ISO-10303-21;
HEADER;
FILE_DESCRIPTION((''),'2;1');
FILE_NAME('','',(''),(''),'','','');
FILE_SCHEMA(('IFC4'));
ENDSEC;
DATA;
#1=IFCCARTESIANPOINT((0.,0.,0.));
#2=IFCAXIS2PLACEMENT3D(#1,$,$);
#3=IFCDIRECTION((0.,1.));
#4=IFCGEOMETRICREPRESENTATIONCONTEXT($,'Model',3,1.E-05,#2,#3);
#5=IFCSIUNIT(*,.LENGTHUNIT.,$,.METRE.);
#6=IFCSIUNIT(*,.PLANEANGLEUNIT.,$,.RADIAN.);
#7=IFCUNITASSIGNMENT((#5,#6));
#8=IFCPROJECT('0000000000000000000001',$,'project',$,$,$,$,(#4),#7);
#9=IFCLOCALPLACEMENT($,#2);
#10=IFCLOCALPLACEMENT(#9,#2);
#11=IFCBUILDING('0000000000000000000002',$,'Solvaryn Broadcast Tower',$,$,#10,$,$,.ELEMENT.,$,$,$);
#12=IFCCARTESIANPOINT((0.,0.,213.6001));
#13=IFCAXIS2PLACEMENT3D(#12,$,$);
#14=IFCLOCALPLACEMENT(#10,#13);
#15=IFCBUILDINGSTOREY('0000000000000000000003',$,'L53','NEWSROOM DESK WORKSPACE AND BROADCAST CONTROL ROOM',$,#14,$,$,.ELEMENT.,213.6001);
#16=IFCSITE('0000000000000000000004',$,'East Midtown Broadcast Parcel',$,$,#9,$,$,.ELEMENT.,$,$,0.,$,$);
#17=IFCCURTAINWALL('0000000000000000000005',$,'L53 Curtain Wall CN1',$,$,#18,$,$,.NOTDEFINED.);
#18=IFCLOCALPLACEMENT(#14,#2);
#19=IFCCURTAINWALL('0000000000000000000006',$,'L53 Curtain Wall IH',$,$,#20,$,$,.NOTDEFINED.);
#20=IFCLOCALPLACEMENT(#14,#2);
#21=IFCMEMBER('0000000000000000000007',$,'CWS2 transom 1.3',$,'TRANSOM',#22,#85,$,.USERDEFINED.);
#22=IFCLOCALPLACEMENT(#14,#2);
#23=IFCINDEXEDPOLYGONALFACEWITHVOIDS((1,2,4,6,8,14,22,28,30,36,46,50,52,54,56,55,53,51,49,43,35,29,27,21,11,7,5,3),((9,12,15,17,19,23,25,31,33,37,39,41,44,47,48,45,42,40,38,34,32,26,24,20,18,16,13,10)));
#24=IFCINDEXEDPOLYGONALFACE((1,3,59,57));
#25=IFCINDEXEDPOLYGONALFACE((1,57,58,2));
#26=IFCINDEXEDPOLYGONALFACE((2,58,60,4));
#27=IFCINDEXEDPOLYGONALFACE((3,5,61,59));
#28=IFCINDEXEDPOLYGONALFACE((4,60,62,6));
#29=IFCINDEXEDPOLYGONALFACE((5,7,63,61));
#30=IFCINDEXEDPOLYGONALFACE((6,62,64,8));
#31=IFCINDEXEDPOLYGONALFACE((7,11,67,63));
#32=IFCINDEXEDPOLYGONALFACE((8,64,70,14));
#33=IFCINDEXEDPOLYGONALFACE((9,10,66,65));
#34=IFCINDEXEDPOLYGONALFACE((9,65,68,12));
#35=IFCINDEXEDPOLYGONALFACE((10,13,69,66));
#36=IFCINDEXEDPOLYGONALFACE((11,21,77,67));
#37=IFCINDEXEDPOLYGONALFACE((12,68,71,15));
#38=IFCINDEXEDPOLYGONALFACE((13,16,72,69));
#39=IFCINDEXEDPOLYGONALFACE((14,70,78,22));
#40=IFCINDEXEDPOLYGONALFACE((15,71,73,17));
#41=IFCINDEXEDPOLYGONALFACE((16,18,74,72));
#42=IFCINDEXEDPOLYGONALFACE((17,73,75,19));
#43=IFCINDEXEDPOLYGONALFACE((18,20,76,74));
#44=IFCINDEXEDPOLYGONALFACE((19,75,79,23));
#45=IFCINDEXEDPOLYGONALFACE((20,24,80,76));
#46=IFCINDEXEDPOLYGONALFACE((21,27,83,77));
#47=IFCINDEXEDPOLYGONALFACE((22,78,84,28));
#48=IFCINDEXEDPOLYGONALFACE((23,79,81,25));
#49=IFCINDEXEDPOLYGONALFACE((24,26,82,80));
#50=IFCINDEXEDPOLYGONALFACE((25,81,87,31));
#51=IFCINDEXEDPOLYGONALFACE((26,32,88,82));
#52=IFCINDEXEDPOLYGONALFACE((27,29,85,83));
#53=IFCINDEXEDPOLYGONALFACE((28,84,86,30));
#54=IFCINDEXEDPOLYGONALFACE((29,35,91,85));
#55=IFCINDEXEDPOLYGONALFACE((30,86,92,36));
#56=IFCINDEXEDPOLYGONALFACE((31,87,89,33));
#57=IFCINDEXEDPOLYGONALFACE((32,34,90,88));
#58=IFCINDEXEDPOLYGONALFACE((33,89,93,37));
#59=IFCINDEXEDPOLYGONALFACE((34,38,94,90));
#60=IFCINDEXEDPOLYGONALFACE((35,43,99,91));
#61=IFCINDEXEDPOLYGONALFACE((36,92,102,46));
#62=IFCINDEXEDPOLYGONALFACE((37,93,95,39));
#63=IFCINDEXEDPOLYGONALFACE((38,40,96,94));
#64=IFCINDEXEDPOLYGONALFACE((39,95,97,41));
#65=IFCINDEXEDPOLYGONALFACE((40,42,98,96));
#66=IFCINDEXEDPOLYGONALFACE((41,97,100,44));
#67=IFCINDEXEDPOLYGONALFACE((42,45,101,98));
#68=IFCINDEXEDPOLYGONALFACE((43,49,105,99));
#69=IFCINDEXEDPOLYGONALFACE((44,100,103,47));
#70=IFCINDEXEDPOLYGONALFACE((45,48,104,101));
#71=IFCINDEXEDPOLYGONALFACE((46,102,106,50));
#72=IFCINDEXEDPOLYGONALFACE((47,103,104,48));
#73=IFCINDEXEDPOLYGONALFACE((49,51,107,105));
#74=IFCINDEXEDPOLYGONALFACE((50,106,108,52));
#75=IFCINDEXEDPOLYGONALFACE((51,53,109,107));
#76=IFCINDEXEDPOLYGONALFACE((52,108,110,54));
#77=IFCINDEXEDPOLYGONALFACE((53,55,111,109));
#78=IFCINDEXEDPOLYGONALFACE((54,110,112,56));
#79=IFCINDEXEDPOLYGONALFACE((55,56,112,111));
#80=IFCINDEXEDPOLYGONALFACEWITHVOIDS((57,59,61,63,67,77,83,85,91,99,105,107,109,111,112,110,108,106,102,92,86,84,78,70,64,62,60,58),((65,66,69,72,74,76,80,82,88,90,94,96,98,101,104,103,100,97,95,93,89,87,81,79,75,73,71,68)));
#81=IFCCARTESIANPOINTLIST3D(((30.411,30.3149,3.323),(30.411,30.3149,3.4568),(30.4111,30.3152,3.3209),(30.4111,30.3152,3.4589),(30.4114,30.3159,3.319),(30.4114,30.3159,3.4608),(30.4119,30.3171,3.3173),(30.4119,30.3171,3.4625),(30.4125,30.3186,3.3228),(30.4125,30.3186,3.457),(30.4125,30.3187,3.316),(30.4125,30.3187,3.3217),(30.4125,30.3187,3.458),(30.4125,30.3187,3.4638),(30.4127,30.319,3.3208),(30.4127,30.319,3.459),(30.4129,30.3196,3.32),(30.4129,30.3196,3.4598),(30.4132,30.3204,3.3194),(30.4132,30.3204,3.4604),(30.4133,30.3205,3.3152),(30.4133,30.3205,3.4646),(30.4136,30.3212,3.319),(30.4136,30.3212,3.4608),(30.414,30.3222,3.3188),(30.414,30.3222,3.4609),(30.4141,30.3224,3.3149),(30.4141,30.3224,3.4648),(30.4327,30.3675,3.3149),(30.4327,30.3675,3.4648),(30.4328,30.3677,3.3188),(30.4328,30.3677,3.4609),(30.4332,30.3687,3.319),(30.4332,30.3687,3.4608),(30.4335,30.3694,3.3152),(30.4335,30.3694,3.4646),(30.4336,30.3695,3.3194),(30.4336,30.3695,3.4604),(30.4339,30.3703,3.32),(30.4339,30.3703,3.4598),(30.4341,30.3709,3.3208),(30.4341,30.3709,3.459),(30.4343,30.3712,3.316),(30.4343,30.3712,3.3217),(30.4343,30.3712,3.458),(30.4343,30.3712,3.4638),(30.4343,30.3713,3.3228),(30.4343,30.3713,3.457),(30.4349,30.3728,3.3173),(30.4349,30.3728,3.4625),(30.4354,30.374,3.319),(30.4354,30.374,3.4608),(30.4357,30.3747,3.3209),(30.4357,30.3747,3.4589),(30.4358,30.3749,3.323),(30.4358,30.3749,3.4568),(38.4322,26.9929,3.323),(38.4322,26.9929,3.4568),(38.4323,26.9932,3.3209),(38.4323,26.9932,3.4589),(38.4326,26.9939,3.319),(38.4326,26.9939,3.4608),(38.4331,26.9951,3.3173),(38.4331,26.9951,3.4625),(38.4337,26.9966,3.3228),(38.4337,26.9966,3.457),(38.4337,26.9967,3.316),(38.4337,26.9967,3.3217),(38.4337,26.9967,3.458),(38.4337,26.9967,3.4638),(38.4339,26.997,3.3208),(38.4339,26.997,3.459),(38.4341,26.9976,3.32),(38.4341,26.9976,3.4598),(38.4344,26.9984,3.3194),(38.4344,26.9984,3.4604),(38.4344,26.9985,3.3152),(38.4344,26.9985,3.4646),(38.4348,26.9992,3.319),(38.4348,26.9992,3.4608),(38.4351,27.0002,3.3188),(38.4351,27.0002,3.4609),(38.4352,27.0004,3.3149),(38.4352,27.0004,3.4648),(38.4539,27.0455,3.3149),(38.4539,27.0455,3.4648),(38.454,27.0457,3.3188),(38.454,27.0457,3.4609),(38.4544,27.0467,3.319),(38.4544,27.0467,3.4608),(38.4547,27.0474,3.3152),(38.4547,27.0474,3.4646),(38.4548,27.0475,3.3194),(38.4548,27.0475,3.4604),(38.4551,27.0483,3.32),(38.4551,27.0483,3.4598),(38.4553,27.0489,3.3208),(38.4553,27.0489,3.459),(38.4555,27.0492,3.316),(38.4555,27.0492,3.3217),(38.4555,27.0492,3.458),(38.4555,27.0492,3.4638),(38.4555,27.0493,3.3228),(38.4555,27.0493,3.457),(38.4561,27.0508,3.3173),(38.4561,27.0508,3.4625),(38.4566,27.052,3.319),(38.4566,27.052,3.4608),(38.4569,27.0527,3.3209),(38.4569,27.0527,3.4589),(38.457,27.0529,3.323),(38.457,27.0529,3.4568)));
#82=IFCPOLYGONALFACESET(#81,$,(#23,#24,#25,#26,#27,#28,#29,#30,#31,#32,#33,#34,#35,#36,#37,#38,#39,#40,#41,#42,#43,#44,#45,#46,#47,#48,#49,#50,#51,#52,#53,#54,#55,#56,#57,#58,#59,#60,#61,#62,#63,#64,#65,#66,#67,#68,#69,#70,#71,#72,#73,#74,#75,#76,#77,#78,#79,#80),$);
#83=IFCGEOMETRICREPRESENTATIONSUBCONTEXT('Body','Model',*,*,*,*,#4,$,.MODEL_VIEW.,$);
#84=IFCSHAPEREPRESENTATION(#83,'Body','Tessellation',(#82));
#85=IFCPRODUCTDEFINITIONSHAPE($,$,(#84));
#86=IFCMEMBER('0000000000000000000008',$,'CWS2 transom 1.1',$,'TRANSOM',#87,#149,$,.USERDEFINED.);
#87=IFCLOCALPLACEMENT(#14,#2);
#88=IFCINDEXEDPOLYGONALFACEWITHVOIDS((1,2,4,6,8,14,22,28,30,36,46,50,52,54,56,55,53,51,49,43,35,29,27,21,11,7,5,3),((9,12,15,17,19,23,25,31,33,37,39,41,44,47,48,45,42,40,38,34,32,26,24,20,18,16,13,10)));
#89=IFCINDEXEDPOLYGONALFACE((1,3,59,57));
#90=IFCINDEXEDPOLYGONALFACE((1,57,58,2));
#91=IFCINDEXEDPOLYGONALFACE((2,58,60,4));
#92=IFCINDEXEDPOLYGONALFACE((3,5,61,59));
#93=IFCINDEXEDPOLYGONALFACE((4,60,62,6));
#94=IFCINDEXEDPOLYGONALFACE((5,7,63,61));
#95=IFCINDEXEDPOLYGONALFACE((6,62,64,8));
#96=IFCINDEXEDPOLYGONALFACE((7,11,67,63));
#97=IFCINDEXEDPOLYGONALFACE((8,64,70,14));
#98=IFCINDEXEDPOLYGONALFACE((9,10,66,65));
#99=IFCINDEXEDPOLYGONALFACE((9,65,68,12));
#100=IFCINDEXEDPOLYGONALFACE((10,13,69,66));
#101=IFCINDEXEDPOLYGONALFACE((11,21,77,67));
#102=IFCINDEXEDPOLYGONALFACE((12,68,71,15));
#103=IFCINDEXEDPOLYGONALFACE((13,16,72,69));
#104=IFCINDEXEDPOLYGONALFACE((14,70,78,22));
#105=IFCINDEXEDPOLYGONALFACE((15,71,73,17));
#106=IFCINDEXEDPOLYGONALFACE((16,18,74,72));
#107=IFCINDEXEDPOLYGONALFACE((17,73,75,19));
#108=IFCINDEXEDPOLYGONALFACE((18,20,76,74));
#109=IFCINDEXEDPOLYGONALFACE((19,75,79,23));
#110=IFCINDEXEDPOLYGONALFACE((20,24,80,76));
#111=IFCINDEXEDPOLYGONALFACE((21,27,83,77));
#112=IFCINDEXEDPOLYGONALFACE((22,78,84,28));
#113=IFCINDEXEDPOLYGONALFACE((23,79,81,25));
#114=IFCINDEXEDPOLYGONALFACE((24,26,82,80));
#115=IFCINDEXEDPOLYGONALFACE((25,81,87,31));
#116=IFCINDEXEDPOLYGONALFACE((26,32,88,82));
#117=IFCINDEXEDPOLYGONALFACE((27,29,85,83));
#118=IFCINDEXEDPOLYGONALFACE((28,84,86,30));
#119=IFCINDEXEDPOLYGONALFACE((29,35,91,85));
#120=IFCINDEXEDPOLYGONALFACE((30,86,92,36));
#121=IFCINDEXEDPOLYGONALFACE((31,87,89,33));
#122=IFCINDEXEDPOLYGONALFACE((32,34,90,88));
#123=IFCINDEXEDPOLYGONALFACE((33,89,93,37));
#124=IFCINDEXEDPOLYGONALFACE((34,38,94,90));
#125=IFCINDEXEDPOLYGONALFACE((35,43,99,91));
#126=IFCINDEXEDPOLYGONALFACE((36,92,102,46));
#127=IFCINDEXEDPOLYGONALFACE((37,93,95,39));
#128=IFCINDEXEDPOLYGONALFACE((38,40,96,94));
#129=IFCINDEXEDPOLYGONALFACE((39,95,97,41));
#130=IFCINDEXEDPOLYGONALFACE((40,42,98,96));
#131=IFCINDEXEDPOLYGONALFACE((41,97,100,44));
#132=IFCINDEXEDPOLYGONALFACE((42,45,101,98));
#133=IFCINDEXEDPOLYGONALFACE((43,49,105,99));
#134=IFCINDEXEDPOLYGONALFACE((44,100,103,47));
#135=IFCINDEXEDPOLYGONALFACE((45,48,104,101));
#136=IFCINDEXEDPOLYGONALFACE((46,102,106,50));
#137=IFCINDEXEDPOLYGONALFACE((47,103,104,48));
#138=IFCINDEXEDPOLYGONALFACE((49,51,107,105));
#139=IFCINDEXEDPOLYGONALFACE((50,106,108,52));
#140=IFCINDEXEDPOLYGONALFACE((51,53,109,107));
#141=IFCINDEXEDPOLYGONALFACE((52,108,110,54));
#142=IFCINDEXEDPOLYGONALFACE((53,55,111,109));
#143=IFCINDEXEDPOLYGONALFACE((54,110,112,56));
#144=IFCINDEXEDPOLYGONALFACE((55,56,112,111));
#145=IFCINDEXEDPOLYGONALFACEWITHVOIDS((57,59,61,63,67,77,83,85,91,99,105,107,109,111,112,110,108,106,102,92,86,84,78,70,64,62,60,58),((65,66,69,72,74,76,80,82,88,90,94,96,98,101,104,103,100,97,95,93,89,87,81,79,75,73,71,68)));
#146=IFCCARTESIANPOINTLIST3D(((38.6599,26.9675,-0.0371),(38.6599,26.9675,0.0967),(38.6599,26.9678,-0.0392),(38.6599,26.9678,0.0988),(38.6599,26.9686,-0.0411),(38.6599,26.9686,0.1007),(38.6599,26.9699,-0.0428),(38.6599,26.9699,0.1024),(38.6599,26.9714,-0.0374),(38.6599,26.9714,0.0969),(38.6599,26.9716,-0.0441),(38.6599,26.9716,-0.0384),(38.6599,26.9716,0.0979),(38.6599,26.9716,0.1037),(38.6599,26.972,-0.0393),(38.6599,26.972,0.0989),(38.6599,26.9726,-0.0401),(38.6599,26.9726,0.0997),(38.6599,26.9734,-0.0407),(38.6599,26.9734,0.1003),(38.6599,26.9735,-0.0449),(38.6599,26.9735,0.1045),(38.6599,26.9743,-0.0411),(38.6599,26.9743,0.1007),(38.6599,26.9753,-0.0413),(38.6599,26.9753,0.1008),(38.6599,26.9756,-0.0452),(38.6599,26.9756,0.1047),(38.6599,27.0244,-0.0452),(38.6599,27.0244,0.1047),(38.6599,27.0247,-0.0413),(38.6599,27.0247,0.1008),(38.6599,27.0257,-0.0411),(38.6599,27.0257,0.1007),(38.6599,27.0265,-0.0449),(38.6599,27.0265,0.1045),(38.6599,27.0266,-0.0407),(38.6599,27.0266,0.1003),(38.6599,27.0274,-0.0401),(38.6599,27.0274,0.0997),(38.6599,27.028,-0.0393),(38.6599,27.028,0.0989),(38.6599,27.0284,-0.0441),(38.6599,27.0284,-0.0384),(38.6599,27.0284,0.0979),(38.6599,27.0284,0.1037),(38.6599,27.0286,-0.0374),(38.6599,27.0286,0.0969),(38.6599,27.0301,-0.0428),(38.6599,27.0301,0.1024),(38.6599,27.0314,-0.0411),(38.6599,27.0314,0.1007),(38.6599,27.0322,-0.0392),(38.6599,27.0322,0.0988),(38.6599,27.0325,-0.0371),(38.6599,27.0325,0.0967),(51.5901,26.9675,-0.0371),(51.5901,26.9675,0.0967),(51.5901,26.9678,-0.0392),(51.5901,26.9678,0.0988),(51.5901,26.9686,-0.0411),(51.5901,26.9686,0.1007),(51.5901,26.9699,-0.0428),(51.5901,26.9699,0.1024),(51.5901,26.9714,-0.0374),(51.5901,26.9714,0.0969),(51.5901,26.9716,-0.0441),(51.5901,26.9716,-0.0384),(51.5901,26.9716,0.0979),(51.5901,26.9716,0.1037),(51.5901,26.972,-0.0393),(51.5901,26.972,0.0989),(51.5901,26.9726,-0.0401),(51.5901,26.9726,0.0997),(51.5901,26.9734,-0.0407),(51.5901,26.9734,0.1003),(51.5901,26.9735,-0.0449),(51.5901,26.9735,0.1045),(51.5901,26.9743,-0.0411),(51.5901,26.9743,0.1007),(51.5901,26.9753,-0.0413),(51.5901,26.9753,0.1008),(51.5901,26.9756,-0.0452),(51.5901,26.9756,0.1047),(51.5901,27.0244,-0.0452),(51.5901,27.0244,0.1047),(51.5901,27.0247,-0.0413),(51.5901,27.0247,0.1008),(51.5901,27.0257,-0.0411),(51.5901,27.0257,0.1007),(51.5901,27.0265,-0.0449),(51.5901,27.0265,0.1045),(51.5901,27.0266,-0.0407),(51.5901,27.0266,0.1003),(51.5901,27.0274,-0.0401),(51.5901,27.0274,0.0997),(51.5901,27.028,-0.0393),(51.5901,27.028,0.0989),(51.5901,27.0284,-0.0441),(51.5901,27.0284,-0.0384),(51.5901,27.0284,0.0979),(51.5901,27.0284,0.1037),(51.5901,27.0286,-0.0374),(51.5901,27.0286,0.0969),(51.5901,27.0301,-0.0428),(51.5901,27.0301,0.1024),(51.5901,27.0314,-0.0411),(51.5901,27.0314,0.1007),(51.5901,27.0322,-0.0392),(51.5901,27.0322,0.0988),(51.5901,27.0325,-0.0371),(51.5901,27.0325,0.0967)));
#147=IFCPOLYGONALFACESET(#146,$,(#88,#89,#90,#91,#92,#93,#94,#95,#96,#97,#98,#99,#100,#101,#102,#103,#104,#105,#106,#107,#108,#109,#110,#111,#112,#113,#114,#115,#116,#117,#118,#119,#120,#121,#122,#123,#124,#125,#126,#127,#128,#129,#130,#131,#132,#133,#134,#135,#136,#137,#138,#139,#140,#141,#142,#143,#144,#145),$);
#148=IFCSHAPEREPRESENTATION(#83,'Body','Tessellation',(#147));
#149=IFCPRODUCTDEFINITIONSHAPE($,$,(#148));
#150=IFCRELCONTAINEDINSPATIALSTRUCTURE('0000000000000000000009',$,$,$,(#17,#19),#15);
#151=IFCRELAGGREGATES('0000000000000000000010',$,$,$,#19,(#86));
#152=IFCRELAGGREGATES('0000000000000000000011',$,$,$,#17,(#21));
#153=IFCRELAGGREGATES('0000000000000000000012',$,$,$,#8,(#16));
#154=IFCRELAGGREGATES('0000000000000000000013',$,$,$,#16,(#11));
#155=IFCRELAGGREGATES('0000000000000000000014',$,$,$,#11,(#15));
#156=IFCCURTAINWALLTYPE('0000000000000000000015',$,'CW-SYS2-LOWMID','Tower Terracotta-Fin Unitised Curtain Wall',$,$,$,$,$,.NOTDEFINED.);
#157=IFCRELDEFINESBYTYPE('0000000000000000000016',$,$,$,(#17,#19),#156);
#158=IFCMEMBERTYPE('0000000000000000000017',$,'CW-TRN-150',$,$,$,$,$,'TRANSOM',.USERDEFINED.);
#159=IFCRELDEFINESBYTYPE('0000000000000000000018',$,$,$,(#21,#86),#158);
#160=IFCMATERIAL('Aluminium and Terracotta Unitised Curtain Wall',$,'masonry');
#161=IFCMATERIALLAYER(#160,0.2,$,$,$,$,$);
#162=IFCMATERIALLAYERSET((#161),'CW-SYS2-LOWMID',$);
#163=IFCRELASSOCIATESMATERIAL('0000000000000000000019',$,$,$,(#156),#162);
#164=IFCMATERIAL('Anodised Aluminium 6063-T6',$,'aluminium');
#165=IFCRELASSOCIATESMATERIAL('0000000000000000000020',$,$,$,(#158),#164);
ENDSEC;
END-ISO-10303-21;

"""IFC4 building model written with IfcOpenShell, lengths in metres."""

from ifc_helpers import new_model, si_unit, direction, frame, origin, origin_2d, place, context, subcontext, project, spatial, hollow_rectangle, extrude, material, layer, layer_set, material_profile, profile_set, type_object, element, aggregate, save


model = new_model("IFC4")

# Units and contexts
model_context = context("Model", 3, precision=1e-05, world=origin(), true_north=direction((0.0, 1.0)))
body_context = subcontext(model_context, "Body", "Model", "MODEL_VIEW")
ifc_project = project(units=[si_unit("LENGTHUNIT", "METRE"), si_unit("PLANEANGLEUNIT", "RADIAN")], contexts=[model_context])

# Site, building, storey
site_placement = place(None, origin())
site = spatial("IfcSite", under=ifc_project, at=site_placement, Name="East Midtown Broadcast Parcel", CompositionType="ELEMENT", RefElevation=0.0)
building_placement = place(site_placement, origin())
building = spatial("IfcBuilding", under=site, at=building_placement, Name="Solvaryn Broadcast Tower", CompositionType="ELEMENT")
storey_placement = place(building_placement, frame((0.0, 0.0, 213.6001)))
storey = spatial("IfcBuildingStorey", under=building, at=storey_placement, Name="L53", Description="NEWSROOM DESK WORKSPACE AND BROADCAST CONTROL ROOM", CompositionType="ELEMENT", Elevation=213.6001)

# Curtain walls
ifc_material_1 = material(Name="Aluminium and Terracotta Unitised Curtain Wall", Category="masonry")
ifc_layer_1 = layer(ifc_material_1, 0.2)
ifc_layer_set_1 = layer_set([ifc_layer_1], Name="CW-SYS2-LOWMID")
curtain_wall_type = type_object("IfcCurtainWallType", Name="CW-SYS2-LOWMID", Description="Tower Terracotta-Fin Unitised Curtain Wall", PredefinedType="NOTDEFINED", material=ifc_layer_set_1)
curtain_wall_1_placement = place(storey_placement, origin())
curtain_wall_1 = element("IfcCurtainWall", 1, at=curtain_wall_1_placement, inside=storey, type_object=curtain_wall_type, Name="L53 Curtain Wall CN1", PredefinedType="NOTDEFINED")
curtain_wall_2_placement = place(storey_placement, origin())
curtain_wall_2 = element("IfcCurtainWall", 2, at=curtain_wall_2_placement, inside=storey, type_object=curtain_wall_type, Name="L53 Curtain Wall IH", PredefinedType="NOTDEFINED")

# Members
ifc_material_2 = material(Name="Anodised Aluminium 6063-T6", Category="aluminium")
ifc_material_profile_1 = material_profile(ifc_material_2, hollow_rectangle(XDim=0.0649, YDim=0.1499, WallThickness=0.0039, InnerFilletRadius=0.0039, OuterFilletRadius=0.0081, at=origin_2d()))
ifc_profile_set_1 = profile_set([ifc_material_profile_1], Name="Anodised Aluminium 6063-T6")
member_type_1 = type_object("IfcMemberType", Name="CW-TRN-150", ElementType="TRANSOM", PredefinedType="USERDEFINED", material=ifc_profile_set_1)
member_1_placement = place(storey_placement, frame((38.4446, 27.0229, 3.3899), z_axis=(-0.923899, 0.382636, 0.0), x_axis=(-0.382636, -0.923899, 0.0)))
member_1 = element("IfcMember", 3, at=member_1_placement, type_object=member_type_1, Name="CWS2 transom 1.3", ObjectType="TRANSOM", PredefinedType="USERDEFINED", context=body_context, shape_type="SweptSolid", body=[
    extrude(hollow_rectangle(XDim=0.0649, YDim=0.1499, WallThickness=0.0039, InnerFilletRadius=0.0039, OuterFilletRadius=0.0081, at=origin_2d()), origin(), (0.0, 0.0, 1.0), 8.6819),
])
member_2_placement = place(storey_placement, frame((38.6599, 27.0, 0.0298), z_axis=(1.0, 0.0, 0.0), x_axis=(0.0, 1.0, 0.0)))
member_2 = element("IfcMember", 4, at=member_2_placement, type_object=member_type_1, Name="CWS2 transom 1.1", ObjectType="TRANSOM", PredefinedType="USERDEFINED", context=body_context, shape_type="SweptSolid", body=[
    extrude(hollow_rectangle(XDim=0.0649, YDim=0.1499, WallThickness=0.0039, InnerFilletRadius=0.0039, OuterFilletRadius=0.0081, at=origin_2d()), origin(), (0.0, 0.0, 1.0), 12.9302),
])
aggregate(curtain_wall_2, [member_2])

aggregate(curtain_wall_1, [member_1])

save(model, "model.ifc")
